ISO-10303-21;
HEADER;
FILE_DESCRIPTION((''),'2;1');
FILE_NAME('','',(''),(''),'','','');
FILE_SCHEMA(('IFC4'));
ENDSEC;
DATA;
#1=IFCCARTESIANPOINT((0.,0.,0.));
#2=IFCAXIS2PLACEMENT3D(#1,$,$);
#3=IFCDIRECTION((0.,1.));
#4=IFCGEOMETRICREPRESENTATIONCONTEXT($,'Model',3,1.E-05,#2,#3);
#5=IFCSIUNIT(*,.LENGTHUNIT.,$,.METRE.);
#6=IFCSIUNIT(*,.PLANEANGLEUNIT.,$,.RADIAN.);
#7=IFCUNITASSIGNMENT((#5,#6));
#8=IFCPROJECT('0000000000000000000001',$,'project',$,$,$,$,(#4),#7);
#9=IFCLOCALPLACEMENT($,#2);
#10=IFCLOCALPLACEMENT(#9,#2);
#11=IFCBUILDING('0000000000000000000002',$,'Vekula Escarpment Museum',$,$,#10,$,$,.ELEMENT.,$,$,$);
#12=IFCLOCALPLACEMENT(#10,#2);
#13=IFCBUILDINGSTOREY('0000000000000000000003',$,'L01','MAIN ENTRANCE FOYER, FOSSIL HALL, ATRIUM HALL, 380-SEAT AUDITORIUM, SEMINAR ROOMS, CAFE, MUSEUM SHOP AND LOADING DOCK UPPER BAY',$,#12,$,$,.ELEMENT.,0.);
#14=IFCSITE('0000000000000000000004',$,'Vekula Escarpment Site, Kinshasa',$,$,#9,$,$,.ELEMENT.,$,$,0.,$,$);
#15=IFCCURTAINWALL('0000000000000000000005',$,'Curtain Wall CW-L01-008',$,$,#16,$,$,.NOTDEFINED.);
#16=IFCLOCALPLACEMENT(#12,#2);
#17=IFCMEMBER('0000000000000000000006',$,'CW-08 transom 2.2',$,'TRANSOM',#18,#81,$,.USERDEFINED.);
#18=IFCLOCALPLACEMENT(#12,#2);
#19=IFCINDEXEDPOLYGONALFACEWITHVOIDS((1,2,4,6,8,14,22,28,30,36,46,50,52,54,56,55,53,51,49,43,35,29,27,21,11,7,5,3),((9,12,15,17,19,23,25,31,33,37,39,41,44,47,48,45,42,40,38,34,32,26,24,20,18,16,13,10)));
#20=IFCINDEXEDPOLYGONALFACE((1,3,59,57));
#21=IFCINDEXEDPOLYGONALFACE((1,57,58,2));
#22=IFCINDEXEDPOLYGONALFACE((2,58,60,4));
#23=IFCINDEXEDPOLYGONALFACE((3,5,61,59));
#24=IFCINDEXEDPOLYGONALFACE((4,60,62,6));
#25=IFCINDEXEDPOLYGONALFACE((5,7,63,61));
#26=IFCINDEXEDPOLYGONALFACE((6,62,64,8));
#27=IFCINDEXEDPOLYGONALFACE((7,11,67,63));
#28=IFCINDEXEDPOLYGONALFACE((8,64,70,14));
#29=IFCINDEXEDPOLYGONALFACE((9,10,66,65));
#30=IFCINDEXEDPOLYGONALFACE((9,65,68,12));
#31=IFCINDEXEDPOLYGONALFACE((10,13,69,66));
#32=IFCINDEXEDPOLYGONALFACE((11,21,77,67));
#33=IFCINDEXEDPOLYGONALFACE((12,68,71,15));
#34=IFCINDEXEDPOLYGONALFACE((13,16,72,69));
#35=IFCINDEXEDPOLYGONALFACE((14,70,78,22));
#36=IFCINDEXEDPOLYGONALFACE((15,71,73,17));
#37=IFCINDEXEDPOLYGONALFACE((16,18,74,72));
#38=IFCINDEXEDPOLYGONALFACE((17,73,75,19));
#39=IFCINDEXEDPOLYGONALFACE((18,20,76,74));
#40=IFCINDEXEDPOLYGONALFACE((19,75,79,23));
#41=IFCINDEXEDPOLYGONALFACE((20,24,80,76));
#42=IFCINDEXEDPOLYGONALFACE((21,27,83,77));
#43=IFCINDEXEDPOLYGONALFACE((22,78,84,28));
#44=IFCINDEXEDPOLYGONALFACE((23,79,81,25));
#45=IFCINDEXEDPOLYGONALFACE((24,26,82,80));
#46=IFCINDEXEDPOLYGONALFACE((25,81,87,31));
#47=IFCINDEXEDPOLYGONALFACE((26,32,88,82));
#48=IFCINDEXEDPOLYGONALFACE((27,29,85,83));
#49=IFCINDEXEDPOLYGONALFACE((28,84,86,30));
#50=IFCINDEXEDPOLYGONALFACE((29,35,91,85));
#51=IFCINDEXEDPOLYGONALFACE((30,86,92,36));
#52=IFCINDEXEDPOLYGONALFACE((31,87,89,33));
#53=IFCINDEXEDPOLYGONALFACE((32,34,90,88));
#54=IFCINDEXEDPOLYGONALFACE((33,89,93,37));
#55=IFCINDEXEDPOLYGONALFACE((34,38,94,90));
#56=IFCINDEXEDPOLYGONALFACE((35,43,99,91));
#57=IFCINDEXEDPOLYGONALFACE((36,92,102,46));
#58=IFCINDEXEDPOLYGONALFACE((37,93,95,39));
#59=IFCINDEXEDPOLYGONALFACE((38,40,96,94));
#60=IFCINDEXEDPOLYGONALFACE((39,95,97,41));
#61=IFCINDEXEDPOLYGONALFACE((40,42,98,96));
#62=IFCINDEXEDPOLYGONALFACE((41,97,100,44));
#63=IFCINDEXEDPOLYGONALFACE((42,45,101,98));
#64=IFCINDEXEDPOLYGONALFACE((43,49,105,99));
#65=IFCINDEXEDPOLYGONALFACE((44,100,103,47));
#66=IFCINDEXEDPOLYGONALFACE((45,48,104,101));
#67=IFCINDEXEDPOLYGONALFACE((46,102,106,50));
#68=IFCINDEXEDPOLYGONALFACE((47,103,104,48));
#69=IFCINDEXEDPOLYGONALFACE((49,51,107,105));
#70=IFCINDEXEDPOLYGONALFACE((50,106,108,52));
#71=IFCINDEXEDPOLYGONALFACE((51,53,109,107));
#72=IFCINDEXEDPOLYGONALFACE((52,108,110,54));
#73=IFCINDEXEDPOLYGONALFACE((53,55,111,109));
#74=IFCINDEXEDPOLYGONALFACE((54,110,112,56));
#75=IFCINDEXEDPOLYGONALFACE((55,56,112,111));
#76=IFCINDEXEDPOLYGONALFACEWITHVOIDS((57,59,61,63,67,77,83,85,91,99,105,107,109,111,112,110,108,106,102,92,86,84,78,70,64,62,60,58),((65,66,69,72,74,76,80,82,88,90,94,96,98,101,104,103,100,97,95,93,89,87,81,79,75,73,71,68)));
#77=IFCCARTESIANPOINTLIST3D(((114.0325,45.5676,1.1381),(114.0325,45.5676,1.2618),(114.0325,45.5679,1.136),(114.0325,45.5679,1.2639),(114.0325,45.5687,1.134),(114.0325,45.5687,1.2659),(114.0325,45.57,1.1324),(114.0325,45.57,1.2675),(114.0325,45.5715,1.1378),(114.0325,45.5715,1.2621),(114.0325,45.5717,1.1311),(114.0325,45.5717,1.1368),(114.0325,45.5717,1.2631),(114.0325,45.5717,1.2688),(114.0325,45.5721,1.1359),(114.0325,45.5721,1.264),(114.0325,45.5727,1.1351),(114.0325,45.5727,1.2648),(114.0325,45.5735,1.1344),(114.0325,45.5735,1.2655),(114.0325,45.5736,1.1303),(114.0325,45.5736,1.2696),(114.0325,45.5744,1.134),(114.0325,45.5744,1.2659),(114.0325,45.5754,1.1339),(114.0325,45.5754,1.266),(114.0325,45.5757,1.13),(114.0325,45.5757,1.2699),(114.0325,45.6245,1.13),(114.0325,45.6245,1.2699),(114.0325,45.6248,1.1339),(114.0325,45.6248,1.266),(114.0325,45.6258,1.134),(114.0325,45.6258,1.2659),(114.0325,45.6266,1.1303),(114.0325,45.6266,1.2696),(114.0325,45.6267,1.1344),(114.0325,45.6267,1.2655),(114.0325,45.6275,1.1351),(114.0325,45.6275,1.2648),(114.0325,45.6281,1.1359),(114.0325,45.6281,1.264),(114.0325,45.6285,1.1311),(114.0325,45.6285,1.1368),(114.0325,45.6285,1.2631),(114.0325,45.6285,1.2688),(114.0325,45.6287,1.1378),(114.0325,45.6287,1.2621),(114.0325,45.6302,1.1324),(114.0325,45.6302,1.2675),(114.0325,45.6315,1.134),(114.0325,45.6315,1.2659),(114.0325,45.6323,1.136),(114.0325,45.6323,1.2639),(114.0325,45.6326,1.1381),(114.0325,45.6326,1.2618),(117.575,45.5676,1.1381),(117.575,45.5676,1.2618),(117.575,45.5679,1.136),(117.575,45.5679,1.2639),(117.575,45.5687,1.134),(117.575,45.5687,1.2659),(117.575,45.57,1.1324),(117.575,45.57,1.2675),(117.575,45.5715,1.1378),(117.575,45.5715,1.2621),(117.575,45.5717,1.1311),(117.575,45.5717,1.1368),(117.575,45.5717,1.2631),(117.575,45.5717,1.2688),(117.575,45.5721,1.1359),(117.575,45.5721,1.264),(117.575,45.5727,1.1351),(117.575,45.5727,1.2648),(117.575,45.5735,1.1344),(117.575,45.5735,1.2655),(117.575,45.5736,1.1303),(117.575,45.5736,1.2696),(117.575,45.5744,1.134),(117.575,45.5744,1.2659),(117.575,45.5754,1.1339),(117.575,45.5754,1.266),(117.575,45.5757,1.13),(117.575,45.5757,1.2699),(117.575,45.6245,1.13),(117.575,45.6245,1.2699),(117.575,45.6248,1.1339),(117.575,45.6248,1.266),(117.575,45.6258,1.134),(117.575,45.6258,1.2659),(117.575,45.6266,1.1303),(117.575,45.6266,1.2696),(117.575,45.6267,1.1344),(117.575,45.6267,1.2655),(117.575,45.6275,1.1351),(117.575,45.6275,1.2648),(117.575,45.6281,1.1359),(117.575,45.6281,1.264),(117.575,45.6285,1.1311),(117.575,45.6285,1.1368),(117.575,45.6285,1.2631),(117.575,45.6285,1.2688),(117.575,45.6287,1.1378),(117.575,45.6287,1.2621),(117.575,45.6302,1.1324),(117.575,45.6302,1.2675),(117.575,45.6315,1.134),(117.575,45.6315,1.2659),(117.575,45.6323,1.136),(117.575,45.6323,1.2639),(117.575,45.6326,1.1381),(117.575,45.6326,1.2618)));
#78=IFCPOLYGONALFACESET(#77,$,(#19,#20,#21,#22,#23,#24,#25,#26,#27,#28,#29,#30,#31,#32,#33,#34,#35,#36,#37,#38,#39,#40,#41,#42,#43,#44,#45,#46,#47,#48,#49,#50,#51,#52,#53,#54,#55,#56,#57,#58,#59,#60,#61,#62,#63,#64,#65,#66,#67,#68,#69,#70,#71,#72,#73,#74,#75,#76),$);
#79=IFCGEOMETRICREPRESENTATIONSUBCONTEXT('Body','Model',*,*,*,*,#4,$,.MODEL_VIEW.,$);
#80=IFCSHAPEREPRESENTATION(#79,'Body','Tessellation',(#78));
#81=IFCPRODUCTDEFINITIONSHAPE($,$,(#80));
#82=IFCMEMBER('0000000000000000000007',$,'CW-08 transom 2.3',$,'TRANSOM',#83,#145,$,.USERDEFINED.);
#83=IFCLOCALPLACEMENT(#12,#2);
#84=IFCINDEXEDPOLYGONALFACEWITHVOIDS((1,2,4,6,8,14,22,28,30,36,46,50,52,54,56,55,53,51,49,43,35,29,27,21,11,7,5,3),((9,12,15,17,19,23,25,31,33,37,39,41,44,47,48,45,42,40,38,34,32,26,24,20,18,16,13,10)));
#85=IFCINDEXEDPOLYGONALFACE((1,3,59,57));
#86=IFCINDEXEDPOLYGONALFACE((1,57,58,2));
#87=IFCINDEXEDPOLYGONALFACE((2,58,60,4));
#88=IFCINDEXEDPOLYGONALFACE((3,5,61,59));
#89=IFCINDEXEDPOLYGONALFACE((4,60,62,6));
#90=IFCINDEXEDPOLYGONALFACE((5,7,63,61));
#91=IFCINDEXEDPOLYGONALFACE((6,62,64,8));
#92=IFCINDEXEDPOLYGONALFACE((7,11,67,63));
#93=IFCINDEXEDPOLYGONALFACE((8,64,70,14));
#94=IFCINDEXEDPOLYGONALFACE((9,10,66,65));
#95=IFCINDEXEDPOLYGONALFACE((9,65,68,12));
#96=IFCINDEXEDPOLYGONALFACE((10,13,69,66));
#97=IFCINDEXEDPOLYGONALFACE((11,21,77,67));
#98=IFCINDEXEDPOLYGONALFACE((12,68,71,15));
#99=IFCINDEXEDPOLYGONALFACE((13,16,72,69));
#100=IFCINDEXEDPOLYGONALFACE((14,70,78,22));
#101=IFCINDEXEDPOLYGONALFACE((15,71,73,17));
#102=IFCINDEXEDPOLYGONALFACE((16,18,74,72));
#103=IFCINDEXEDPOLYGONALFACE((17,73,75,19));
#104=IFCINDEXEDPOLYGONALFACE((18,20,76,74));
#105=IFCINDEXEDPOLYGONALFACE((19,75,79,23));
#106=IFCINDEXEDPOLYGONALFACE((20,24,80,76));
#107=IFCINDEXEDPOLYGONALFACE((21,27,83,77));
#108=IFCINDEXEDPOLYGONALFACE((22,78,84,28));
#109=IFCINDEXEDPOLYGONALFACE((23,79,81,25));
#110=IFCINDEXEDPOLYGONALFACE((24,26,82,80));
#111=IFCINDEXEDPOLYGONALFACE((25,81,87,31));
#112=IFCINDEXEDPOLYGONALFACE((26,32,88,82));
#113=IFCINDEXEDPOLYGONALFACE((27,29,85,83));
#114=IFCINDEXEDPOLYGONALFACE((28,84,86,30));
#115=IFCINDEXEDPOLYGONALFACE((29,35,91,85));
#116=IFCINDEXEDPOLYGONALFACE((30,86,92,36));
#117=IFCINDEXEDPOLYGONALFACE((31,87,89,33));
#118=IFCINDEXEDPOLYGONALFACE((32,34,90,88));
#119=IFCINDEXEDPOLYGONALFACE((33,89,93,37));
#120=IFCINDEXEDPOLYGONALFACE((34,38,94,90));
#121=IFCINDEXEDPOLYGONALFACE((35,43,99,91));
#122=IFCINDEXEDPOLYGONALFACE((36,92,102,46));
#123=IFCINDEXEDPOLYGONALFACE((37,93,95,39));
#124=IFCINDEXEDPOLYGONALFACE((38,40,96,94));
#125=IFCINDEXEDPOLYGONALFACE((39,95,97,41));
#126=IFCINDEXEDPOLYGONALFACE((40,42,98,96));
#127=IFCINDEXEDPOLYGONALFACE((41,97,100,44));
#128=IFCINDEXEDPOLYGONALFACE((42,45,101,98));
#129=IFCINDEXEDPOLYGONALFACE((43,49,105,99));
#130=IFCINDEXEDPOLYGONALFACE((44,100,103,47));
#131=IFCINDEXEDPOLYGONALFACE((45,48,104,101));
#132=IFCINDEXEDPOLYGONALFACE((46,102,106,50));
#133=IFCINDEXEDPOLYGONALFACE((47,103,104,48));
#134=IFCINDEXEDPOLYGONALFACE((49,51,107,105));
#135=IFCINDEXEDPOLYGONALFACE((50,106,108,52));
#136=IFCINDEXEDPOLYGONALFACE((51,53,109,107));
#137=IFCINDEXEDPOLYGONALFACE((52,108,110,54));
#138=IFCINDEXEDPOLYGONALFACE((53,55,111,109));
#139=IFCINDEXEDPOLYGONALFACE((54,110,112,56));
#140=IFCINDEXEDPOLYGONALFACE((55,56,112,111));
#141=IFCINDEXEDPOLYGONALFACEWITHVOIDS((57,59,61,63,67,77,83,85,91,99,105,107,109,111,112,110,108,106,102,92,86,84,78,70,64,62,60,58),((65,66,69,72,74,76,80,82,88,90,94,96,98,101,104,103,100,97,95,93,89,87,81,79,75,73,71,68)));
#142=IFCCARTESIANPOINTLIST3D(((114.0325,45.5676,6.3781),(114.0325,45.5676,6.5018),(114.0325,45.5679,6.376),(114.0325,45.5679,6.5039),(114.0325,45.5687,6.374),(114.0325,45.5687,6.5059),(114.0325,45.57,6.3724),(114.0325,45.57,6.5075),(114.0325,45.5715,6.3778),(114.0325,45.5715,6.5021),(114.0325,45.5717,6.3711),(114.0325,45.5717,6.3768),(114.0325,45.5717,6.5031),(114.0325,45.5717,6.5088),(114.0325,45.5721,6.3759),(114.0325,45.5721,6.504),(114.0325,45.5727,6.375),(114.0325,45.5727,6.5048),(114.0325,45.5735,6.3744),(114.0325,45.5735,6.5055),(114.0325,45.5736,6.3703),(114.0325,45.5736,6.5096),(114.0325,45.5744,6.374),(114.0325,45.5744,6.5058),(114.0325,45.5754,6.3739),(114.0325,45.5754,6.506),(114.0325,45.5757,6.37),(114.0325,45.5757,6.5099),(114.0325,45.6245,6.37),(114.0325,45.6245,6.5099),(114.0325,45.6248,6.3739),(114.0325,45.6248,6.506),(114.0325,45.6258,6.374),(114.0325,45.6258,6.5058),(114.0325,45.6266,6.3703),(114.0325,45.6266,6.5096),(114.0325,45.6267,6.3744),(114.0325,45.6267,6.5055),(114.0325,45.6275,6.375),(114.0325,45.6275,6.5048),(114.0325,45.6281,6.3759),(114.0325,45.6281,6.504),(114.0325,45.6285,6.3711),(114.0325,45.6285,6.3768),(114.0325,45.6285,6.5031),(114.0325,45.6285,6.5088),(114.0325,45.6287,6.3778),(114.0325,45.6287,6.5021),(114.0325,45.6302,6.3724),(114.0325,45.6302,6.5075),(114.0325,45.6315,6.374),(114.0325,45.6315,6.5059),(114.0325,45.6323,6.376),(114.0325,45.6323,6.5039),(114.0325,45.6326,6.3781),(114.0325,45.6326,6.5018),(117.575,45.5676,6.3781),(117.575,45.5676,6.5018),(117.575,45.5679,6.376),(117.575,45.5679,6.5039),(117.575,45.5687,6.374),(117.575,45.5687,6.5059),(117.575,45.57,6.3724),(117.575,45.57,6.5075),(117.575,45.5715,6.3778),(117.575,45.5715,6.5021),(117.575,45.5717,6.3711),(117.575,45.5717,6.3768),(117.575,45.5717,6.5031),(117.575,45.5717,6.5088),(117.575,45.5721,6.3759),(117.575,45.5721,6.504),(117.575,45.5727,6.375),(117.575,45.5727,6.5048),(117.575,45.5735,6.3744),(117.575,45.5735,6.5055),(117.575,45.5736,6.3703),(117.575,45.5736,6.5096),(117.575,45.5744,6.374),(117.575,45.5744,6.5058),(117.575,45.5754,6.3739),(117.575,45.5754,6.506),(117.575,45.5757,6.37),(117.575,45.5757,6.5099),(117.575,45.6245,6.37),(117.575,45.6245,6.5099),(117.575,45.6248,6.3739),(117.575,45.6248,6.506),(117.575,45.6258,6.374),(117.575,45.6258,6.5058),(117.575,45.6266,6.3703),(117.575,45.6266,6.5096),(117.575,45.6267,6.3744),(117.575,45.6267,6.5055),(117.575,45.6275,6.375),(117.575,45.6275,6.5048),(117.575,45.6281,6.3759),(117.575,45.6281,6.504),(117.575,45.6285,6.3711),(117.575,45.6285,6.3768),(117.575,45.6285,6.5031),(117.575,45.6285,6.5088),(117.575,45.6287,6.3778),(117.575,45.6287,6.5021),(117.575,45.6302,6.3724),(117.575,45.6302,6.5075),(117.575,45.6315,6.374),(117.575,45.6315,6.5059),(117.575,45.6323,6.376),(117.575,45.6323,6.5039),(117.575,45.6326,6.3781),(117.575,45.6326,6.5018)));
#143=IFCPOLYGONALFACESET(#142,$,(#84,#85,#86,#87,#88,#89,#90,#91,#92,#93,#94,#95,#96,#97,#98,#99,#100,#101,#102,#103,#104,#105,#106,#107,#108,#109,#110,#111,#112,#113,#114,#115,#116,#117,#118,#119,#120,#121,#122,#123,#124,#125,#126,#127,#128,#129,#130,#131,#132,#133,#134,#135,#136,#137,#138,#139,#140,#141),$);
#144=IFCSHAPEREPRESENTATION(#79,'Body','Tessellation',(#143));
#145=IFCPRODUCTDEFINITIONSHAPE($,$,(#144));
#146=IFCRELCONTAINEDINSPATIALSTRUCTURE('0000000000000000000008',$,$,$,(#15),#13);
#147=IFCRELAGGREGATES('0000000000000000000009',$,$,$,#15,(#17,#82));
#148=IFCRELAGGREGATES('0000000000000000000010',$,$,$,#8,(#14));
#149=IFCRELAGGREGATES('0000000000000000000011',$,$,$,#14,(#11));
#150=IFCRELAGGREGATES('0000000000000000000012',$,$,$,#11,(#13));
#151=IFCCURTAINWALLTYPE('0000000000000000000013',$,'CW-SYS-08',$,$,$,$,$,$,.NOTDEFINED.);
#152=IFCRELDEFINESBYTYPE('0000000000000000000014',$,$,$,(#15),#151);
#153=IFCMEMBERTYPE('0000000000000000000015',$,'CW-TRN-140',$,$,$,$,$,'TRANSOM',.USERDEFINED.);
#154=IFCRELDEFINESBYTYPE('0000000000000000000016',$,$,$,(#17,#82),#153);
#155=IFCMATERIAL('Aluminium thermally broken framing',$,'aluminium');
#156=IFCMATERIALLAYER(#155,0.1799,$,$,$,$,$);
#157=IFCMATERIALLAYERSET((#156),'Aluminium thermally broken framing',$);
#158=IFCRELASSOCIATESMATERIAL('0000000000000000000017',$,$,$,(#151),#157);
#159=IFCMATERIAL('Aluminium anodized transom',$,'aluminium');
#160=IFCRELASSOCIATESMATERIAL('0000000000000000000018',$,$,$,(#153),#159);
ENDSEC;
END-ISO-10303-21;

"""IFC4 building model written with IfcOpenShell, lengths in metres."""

from ifc_helpers import new_model, si_unit, direction, frame, origin, origin_2d, place, context, subcontext, project, spatial, hollow_rectangle, extrude, material, layer, layer_set, material_profile, profile_set, type_object, element, aggregate, save


model = new_model("IFC4")

# Units and contexts
model_context = context("Model", 3, precision=1e-05, world=origin(), true_north=direction((0.0, 1.0)))
body_context = subcontext(model_context, "Body", "Model", "MODEL_VIEW")
ifc_project = project(units=[si_unit("LENGTHUNIT", "METRE"), si_unit("PLANEANGLEUNIT", "RADIAN")], contexts=[model_context])

# Site, building, storey
site_placement = place(None, origin())
site = spatial("IfcSite", under=ifc_project, at=site_placement, Name="Vekula Escarpment Site, Kinshasa", CompositionType="ELEMENT", RefElevation=0.0)
building_placement = place(site_placement, origin())
building = spatial("IfcBuilding", under=site, at=building_placement, Name="Vekula Escarpment Museum", CompositionType="ELEMENT")
storey_placement = place(building_placement, origin())
storey = spatial("IfcBuildingStorey", under=building, at=storey_placement, Name="L01", Description="MAIN ENTRANCE FOYER, FOSSIL HALL, ATRIUM HALL, 380-SEAT AUDITORIUM, SEMINAR ROOMS, CAFE, MUSEUM SHOP AND LOADING DOCK UPPER BAY", CompositionType="ELEMENT", Elevation=0.0)

# Curtain wall, members
ifc_material_1 = material(Name="Aluminium thermally broken framing", Category="aluminium")
ifc_layer_1 = layer(ifc_material_1, 0.1799)
ifc_layer_set_1 = layer_set([ifc_layer_1], Name="Aluminium thermally broken framing")
curtain_wall_type = type_object("IfcCurtainWallType", Name="CW-SYS-08", PredefinedType="NOTDEFINED", material=ifc_layer_set_1)
curtain_wall_placement = place(storey_placement, origin())
curtain_wall = element("IfcCurtainWall", 1, at=curtain_wall_placement, inside=storey, type_object=curtain_wall_type, Name="Curtain Wall CW-L01-008", PredefinedType="NOTDEFINED")
ifc_material_2 = material(Name="Aluminium anodized transom", Category="aluminium")
ifc_material_profile_1 = material_profile(ifc_material_2, hollow_rectangle(XDim=0.0649, YDim=0.1399, WallThickness=0.0039, InnerFilletRadius=0.0039, OuterFilletRadius=0.0081, at=origin_2d()), Name="ALU 140x65x4")
ifc_profile_set_1 = profile_set([ifc_material_profile_1], Name="Aluminium anodized transom")
member_type_1 = type_object("IfcMemberType", Name="CW-TRN-140", ElementType="TRANSOM", PredefinedType="USERDEFINED", material=ifc_profile_set_1)
member_1_placement = place(storey_placement, frame((114.0325, 45.6001, 1.2), z_axis=(1.0, 0.0, 0.0), x_axis=(0.0, 1.0, 0.0)))
member_1 = element("IfcMember", 2, at=member_1_placement, type_object=member_type_1, Name="CW-08 transom 2.2", ObjectType="TRANSOM", PredefinedType="USERDEFINED", context=body_context, shape_type="SweptSolid", body=[
    extrude(hollow_rectangle(XDim=0.0649, YDim=0.1399, WallThickness=0.0039, InnerFilletRadius=0.0039, OuterFilletRadius=0.0081, at=origin_2d()), origin(), (0.0, 0.0, 1.0), 3.5425),
])
member_2_placement = place(storey_placement, frame((114.0325, 45.6001, 6.4399), z_axis=(1.0, 0.0, 0.0), x_axis=(0.0, 1.0, 0.0)))
member_2 = element("IfcMember", 3, at=member_2_placement, type_object=member_type_1, Name="CW-08 transom 2.3", ObjectType="TRANSOM", PredefinedType="USERDEFINED", context=body_context, shape_type="SweptSolid", body=[
    extrude(hollow_rectangle(XDim=0.0649, YDim=0.1399, WallThickness=0.0039, InnerFilletRadius=0.0039, OuterFilletRadius=0.0081, at=origin_2d()), origin(), (0.0, 0.0, 1.0), 3.5425),
])
aggregate(curtain_wall, [member_1, member_2])

save(model, "model.ifc")
